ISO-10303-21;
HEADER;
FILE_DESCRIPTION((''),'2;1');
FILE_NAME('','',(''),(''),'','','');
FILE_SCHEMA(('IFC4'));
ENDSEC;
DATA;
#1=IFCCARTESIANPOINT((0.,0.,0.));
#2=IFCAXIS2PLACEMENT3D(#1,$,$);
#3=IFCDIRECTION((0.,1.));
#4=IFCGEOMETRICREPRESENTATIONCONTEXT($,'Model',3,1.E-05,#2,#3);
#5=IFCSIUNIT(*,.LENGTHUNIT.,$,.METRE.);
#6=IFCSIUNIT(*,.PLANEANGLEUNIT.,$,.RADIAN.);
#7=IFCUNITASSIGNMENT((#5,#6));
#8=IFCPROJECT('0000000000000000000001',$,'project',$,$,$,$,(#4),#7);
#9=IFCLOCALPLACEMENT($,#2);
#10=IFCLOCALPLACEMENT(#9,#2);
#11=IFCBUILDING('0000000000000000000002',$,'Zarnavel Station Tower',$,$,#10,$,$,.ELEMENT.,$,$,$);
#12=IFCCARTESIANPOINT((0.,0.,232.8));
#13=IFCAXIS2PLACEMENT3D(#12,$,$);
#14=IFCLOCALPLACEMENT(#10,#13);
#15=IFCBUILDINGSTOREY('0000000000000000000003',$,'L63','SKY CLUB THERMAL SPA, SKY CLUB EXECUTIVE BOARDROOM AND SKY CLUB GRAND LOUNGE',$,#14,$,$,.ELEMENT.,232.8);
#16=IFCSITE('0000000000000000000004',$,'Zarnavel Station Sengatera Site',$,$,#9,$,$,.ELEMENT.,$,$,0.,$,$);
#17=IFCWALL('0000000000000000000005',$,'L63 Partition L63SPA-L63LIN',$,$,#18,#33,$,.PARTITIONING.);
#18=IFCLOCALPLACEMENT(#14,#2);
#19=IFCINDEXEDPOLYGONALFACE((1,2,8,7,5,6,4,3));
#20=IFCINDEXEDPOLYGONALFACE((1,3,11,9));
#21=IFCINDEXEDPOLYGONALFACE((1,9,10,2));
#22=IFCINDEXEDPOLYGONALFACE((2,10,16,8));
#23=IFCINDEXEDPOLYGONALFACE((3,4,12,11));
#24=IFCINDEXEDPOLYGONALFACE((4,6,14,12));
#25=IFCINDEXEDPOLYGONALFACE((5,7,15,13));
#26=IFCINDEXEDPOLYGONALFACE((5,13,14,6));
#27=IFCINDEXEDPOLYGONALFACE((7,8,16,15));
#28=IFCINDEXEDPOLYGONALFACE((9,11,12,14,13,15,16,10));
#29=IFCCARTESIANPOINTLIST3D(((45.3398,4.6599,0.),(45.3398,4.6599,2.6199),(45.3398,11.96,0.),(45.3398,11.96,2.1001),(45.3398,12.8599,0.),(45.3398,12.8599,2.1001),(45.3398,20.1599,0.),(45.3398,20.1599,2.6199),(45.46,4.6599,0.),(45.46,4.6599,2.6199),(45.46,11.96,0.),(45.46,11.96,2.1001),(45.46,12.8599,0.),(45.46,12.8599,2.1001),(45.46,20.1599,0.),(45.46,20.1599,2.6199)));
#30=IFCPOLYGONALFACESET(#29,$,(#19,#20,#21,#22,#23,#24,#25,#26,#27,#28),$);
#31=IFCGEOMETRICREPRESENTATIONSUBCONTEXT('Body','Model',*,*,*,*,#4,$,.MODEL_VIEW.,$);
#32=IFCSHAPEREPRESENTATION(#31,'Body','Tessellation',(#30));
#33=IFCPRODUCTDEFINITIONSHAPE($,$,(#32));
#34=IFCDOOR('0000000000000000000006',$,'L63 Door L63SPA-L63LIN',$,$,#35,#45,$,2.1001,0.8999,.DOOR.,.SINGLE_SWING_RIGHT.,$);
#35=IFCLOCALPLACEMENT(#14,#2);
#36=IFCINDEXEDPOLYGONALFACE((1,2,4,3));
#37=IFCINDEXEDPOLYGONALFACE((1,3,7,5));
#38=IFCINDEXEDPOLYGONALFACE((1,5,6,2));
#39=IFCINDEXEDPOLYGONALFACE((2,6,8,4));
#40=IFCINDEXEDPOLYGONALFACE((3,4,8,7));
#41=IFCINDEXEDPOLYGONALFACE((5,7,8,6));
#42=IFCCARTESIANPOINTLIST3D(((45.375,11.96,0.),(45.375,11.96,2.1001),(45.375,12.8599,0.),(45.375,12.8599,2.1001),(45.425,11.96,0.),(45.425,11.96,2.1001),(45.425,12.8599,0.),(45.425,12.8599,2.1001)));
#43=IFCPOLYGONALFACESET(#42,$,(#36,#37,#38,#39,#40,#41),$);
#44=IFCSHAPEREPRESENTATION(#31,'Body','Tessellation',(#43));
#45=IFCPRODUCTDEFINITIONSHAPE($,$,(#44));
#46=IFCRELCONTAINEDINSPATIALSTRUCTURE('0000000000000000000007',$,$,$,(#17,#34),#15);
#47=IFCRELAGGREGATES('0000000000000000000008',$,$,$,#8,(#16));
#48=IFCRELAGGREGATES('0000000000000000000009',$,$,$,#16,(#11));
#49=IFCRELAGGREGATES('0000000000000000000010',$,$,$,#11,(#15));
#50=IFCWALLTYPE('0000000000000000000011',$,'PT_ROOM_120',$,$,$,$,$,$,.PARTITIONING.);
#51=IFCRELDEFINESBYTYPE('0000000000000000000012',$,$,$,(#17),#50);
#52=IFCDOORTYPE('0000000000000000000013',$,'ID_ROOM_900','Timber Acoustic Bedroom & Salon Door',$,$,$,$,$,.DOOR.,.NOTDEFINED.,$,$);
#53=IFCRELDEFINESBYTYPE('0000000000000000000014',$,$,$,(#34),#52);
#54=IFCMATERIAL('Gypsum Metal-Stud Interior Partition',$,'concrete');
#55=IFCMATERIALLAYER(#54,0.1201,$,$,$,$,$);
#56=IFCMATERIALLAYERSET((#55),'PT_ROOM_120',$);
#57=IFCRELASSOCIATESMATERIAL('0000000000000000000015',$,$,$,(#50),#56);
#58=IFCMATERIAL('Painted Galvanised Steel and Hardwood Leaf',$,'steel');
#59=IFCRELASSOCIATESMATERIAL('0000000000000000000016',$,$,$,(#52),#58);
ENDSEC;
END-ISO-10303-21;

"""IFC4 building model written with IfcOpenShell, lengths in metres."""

from ifc_helpers import new_model, si_unit, direction, frame, frame_2d, origin, place, context, subcontext, project, spatial, rectangle, extrude, material, layer, layer_set, type_object, element, fill, save


model = new_model("IFC4")

# Units and contexts
model_context = context("Model", 3, precision=1e-05, world=origin(), true_north=direction((0.0, 1.0)))
body_context = subcontext(model_context, "Body", "Model", "MODEL_VIEW")
ifc_project = project(units=[si_unit("LENGTHUNIT", "METRE"), si_unit("PLANEANGLEUNIT", "RADIAN")], contexts=[model_context])

# Site, building, storey
site_placement = place(None, origin())
site = spatial("IfcSite", under=ifc_project, at=site_placement, Name="Zarnavel Station Sengatera Site", CompositionType="ELEMENT", RefElevation=0.0)
building_placement = place(site_placement, origin())
building = spatial("IfcBuilding", under=site, at=building_placement, Name="Zarnavel Station Tower", CompositionType="ELEMENT")
storey_placement = place(building_placement, frame((0.0, 0.0, 232.8)))
storey = spatial("IfcBuildingStorey", under=building, at=storey_placement, Name="L63", Description="SKY CLUB THERMAL SPA, SKY CLUB EXECUTIVE BOARDROOM AND SKY CLUB GRAND LOUNGE", CompositionType="ELEMENT", Elevation=232.8)

# Wall, opening, door
ifc_material_1 = material(Name="Gypsum Metal-Stud Interior Partition", Category="concrete")
ifc_layer_1 = layer(ifc_material_1, 0.1201)
ifc_layer_set_1 = layer_set([ifc_layer_1], Name="PT_ROOM_120")
wall_type_1 = type_object("IfcWallType", Name="PT_ROOM_120", PredefinedType="PARTITIONING", material=ifc_layer_set_1)
wall_1_placement = place(storey_placement, frame((45.3999, 4.6599, 0.0), z_axis=(0.0, 0.0, 1.0), x_axis=(0.0, 1.0, 0.0)))
wall_1 = element("IfcWall", 1, at=wall_1_placement, inside=storey, type_object=wall_type_1, Name="L63 Partition L63SPA-L63LIN", PredefinedType="PARTITIONING", context=body_context, shape_type="SweptSolid", body=[
    extrude(rectangle(XDim=15.5, YDim=0.1201, at=frame_2d((7.75, 0.0))), origin(), (0.0, 0.0, 1.0), 2.6199),
])
opening_1_placement = place(wall_1_placement, frame((7.3, 0.0, 0.0)))
opening_1 = element("IfcOpeningElement", 2, at=opening_1_placement, cuts=wall_1, PredefinedType="OPENING", context=body_context, shape_type="SweptSolid", body=[
    extrude(rectangle(XDim=0.8999, YDim=2.1001, at=frame_2d((0.45, 1.05))), frame((0.0, 0.0701, 0.0), z_axis=(0.0, -1.0, 0.0), x_axis=(1.0, 0.0, 0.0)), (0.0, 0.0, 1.0), 0.1401),
])
ifc_material_2 = material(Name="Painted Galvanised Steel and Hardwood Leaf", Category="steel")
door_type = type_object("IfcDoorType", Name="ID_ROOM_900", Description="Timber Acoustic Bedroom & Salon Door", OperationType="NOTDEFINED", PredefinedType="DOOR", material=ifc_material_2)
door_placement = place(opening_1_placement, origin())
door = element("IfcDoor", 3, at=door_placement, inside=storey, type_object=door_type, Name="L63 Door L63SPA-L63LIN", OperationType="SINGLE_SWING_RIGHT", OverallHeight=2.1001, OverallWidth=0.8999, PredefinedType="DOOR", context=body_context, shape_type="SweptSolid", body=[
    extrude(rectangle(XDim=0.8999, YDim=2.1001, at=frame_2d((0.45, 1.05))), frame((0.0, 0.0249, 0.0), z_axis=(0.0, -1.0, 0.0), x_axis=(1.0, 0.0, 0.0)), (0.0, 0.0, 1.0), 0.05),
])
fill(opening_1, door)

save(model, "model.ifc")
